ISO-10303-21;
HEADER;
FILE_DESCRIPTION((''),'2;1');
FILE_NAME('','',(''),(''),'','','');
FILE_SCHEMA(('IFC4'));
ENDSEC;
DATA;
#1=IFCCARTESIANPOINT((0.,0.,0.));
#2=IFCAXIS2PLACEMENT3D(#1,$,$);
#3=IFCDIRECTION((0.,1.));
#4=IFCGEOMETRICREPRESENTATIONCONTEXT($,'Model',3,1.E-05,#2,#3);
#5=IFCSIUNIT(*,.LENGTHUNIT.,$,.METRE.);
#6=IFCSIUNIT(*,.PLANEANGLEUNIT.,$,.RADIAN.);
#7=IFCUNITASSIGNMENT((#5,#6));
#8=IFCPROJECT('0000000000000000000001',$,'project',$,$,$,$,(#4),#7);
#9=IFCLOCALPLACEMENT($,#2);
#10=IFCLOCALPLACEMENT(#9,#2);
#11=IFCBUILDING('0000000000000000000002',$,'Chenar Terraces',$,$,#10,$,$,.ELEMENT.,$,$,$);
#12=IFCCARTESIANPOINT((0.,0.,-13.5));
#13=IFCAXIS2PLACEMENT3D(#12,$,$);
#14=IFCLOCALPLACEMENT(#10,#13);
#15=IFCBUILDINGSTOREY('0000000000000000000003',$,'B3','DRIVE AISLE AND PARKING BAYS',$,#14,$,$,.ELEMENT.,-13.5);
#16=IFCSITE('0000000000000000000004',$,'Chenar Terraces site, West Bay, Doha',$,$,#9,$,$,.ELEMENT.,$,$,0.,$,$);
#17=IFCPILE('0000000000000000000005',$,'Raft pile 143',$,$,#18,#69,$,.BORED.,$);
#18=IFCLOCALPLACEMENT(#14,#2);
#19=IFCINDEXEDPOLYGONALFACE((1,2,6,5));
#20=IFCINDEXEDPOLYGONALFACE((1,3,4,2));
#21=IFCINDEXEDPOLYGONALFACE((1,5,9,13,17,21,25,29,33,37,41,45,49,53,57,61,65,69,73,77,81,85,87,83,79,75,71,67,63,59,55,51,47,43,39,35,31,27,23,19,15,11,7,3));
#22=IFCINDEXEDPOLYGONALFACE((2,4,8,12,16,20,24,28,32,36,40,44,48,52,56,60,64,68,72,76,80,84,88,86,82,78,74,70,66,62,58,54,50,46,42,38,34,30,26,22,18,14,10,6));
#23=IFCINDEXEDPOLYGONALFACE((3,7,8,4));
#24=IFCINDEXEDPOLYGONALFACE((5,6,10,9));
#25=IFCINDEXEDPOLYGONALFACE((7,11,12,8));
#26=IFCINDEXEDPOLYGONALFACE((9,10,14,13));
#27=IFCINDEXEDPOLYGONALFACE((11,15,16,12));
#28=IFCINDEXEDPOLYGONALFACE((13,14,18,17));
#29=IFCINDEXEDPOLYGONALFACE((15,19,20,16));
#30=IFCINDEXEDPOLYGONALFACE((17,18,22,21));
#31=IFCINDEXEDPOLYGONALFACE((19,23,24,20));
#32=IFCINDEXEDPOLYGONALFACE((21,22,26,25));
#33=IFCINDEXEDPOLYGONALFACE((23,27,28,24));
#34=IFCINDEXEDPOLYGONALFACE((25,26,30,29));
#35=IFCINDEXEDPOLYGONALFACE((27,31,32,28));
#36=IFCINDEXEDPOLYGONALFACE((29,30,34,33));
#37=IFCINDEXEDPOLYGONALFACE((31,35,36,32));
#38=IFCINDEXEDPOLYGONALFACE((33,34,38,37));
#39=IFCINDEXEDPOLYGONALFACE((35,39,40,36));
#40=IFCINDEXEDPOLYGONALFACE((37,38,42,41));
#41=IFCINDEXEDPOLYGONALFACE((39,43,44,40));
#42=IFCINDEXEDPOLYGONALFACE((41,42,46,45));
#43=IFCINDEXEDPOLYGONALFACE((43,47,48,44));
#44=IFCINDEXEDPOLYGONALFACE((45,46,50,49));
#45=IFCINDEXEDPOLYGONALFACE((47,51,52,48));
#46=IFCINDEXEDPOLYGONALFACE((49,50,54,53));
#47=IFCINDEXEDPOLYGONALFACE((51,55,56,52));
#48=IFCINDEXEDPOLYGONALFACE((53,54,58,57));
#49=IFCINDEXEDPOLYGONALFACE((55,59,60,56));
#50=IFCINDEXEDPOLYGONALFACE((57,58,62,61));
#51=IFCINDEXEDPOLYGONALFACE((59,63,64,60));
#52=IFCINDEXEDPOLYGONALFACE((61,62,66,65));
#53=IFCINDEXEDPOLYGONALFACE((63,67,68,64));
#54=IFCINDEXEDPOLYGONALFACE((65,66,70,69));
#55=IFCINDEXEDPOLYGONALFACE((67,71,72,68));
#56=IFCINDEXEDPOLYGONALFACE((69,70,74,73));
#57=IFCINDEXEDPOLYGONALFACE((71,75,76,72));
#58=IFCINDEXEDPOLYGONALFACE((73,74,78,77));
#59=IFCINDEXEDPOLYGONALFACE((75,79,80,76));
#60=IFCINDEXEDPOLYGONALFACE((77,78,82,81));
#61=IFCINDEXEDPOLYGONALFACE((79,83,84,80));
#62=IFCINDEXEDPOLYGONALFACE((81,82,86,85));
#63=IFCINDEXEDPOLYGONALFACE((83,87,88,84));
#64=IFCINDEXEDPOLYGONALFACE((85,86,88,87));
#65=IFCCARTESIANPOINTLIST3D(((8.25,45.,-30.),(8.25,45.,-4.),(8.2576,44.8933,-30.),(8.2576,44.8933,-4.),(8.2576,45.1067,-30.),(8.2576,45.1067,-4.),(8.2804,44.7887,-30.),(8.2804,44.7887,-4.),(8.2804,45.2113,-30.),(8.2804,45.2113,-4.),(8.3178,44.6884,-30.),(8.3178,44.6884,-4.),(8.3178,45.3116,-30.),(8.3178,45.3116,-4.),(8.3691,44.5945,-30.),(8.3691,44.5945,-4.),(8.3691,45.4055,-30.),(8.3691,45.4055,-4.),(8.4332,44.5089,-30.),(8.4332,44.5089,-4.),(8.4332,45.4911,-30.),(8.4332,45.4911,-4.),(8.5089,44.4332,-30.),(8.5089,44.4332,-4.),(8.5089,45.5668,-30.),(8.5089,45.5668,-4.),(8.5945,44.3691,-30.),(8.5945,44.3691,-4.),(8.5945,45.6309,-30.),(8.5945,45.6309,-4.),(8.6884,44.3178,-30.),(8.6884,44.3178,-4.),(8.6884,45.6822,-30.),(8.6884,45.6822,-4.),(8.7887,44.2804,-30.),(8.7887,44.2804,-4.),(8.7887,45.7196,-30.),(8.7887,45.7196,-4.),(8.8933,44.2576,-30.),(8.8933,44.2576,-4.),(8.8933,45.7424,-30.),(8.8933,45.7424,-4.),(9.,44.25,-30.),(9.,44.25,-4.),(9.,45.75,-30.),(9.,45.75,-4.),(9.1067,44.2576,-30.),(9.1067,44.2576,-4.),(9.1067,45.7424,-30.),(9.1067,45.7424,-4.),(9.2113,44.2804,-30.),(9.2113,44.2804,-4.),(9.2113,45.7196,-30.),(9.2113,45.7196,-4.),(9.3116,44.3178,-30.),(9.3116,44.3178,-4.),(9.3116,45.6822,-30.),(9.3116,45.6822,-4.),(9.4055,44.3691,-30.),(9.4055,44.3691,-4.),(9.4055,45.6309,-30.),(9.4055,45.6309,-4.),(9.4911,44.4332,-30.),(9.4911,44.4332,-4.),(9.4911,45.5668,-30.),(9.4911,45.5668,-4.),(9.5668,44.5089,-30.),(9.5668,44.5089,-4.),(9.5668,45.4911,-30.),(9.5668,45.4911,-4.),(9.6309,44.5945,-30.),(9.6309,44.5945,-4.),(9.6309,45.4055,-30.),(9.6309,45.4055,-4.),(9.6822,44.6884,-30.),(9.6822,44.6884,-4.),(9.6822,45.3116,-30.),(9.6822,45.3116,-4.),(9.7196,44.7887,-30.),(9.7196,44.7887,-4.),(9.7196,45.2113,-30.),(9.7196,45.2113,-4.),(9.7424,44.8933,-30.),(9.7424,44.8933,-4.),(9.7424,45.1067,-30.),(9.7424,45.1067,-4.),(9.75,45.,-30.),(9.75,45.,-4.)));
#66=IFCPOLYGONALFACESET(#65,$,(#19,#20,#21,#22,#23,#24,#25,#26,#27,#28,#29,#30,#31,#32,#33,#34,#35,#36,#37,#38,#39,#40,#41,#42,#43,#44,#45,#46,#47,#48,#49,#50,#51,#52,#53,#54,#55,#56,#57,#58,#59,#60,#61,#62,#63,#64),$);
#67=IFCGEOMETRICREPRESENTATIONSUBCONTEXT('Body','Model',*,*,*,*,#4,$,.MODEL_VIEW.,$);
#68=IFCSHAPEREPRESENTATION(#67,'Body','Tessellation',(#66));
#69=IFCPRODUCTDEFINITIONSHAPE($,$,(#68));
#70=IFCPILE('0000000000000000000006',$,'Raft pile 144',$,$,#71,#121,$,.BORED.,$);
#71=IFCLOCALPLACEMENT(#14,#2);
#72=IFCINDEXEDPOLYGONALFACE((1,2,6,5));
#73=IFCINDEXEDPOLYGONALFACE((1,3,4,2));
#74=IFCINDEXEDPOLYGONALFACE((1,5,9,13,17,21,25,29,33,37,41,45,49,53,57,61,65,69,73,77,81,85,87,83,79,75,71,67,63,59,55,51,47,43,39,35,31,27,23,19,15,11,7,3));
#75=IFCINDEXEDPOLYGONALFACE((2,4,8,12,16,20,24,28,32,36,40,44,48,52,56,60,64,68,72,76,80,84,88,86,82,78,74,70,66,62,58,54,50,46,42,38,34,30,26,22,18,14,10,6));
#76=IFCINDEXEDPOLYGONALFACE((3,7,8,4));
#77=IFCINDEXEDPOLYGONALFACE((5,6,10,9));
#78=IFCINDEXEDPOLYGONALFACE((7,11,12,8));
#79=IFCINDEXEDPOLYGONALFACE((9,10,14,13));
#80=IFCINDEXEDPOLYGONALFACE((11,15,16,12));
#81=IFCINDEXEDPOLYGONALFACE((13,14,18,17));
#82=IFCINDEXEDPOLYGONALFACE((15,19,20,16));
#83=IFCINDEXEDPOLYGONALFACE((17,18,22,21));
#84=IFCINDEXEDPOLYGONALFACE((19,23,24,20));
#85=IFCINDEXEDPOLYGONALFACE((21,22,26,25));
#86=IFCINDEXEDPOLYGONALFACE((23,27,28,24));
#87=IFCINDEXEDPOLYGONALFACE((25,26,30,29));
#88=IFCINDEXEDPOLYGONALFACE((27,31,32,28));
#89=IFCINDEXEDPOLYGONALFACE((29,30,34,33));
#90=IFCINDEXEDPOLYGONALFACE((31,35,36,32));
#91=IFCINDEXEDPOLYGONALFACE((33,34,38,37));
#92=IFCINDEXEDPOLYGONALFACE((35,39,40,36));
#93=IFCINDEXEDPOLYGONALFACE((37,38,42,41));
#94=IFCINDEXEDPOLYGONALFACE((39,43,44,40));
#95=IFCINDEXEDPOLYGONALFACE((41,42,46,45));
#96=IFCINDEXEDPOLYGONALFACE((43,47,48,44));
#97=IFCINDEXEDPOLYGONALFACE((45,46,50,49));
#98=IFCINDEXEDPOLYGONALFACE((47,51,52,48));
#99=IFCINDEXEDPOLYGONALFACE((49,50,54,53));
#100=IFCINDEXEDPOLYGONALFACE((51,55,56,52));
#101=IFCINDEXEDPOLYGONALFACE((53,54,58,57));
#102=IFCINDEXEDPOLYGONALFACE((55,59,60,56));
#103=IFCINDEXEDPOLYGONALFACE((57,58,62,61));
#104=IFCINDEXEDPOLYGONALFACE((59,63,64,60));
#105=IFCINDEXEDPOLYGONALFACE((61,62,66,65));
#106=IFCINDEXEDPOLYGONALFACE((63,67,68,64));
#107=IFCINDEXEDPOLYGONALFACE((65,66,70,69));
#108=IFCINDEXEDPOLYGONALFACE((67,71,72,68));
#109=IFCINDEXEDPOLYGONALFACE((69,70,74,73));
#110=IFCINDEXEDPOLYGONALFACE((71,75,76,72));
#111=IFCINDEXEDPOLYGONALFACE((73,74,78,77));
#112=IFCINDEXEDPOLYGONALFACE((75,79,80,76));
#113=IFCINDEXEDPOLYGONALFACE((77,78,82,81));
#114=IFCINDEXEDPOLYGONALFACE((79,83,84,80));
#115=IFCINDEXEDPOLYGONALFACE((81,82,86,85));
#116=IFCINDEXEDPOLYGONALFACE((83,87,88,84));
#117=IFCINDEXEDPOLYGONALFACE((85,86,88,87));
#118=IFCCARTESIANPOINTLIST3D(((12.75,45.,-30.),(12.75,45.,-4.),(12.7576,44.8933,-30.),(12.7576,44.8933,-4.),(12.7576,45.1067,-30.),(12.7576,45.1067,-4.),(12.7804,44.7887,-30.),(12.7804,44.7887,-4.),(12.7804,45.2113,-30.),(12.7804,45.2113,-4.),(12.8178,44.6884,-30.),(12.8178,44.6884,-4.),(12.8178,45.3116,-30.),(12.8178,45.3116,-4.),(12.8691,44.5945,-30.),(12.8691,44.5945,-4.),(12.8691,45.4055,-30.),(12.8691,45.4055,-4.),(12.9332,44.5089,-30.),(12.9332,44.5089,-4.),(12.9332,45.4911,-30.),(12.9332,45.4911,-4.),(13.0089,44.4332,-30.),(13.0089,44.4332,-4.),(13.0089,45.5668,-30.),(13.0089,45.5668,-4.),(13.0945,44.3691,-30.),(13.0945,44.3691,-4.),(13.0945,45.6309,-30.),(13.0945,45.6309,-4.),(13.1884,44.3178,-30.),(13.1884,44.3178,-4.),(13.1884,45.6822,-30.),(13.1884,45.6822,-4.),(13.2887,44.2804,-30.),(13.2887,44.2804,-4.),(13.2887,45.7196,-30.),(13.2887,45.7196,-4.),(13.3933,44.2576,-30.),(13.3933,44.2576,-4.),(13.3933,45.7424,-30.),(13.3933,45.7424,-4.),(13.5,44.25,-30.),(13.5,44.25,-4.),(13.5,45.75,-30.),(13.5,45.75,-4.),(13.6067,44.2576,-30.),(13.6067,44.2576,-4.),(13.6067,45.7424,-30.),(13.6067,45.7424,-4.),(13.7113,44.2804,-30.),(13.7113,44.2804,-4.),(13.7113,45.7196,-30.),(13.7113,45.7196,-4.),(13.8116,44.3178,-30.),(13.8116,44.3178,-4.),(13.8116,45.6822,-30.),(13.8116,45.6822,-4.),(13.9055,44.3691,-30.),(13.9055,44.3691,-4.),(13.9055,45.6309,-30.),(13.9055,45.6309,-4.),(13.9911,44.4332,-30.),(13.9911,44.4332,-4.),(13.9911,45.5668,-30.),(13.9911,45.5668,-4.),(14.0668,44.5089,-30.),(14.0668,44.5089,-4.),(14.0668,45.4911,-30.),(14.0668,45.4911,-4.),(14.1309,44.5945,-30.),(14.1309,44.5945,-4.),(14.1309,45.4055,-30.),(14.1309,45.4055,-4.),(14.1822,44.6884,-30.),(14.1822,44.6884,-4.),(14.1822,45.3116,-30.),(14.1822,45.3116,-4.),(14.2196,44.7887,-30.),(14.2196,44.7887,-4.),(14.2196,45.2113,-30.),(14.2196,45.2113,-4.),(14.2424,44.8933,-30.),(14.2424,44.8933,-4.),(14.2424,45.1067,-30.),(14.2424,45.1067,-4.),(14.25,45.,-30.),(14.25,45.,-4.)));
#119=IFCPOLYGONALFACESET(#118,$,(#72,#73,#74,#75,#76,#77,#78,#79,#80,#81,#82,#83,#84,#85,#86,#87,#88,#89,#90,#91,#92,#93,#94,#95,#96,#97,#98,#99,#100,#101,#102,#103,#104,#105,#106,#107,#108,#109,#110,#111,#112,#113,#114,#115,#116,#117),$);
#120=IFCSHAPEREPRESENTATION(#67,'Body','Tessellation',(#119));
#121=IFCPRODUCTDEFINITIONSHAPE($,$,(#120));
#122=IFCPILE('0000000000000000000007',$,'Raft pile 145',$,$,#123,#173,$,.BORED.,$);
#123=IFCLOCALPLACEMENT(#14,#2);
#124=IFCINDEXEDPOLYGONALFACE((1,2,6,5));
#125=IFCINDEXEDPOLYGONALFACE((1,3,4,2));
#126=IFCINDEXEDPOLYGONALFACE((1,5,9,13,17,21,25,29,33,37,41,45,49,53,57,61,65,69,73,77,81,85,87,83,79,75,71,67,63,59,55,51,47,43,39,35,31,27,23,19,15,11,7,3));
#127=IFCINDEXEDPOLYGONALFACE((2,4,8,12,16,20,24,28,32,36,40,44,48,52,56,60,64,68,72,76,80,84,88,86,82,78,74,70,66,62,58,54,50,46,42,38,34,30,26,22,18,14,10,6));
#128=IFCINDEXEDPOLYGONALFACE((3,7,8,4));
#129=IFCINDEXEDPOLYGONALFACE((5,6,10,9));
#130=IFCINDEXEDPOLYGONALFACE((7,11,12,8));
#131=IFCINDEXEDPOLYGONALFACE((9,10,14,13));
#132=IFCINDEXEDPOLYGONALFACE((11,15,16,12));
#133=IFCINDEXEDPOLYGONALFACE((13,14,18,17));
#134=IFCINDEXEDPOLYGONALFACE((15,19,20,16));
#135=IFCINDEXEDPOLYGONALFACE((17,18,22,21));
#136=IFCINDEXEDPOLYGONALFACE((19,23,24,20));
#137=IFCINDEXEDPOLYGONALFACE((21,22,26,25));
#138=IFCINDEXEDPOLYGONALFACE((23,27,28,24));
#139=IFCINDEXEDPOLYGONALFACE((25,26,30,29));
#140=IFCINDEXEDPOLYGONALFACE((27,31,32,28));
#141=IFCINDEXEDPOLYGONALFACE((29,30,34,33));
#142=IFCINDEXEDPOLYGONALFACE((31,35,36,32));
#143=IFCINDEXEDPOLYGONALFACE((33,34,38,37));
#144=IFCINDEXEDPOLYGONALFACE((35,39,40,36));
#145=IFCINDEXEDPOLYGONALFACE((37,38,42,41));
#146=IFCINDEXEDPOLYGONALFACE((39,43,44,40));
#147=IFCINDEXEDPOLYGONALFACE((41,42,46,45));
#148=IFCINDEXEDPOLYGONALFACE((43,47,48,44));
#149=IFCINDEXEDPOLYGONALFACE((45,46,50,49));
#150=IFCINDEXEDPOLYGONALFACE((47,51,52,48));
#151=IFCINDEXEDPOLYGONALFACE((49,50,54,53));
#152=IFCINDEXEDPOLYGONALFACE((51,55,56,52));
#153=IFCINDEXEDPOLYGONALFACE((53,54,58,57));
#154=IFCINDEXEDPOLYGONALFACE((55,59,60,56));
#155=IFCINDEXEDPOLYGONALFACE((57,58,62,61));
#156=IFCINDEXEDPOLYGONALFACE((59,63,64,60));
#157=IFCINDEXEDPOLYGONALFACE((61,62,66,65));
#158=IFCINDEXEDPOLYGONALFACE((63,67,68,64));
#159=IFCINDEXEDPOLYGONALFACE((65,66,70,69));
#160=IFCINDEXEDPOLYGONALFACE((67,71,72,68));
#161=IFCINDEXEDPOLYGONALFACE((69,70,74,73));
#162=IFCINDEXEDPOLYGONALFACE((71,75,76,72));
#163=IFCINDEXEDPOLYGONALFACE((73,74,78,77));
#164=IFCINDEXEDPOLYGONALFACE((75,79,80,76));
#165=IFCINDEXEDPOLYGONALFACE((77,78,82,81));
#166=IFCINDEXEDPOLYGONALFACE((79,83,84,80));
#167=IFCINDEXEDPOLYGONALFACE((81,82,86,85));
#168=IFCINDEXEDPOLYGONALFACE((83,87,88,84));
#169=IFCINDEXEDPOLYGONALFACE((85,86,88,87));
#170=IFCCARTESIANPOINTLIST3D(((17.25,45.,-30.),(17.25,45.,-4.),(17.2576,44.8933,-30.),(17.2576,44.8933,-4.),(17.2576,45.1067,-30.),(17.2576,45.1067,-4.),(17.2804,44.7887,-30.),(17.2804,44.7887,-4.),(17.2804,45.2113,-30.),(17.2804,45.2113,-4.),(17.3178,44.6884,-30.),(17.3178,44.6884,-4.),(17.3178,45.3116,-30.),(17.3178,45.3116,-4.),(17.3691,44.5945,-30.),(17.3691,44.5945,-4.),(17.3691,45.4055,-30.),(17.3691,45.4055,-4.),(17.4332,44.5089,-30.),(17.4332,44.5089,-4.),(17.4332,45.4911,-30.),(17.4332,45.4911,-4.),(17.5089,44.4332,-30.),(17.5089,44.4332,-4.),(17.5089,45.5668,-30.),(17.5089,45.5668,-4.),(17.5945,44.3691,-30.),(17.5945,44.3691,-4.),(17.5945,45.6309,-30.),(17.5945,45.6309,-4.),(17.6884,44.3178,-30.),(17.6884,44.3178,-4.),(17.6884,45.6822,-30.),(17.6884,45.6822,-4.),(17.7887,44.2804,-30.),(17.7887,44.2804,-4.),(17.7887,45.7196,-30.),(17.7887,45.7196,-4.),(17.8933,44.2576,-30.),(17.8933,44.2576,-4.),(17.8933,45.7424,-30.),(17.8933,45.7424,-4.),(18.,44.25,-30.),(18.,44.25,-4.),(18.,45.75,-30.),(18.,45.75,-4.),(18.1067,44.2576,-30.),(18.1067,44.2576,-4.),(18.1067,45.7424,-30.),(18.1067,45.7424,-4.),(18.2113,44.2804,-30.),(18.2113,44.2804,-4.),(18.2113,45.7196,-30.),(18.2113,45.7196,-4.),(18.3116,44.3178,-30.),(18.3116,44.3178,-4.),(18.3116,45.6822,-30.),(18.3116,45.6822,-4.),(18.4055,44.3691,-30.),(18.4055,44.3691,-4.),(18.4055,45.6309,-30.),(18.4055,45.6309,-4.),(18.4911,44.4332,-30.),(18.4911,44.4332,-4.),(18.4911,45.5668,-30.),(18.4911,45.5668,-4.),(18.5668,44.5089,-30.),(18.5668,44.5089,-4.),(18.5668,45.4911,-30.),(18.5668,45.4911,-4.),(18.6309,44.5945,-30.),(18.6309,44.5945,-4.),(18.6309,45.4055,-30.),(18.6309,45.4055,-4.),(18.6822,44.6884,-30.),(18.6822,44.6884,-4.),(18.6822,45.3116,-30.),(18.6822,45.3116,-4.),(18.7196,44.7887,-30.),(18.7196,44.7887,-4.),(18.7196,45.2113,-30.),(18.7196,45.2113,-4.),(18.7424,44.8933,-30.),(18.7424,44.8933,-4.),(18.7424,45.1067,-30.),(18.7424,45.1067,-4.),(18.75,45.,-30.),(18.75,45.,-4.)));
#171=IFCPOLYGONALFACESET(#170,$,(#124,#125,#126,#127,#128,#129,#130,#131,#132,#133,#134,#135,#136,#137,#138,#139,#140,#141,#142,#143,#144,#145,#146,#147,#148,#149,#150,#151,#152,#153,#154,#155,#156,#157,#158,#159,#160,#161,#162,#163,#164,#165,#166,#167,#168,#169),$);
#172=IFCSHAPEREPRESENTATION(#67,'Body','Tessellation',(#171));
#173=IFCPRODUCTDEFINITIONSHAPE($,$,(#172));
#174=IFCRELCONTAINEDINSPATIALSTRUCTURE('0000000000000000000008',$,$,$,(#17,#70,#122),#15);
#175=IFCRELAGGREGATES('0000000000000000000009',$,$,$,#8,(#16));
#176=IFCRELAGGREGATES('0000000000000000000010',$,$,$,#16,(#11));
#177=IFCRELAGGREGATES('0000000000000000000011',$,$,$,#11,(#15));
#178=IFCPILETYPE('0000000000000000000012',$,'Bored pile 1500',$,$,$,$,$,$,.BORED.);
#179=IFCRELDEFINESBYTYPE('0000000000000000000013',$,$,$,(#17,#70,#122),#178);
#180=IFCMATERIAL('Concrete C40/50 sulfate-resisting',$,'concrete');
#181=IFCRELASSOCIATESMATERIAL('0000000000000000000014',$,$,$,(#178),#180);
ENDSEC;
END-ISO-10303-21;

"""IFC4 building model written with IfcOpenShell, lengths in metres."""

from ifc_helpers import new_model, si_unit, direction, frame, origin, origin_2d, place, context, subcontext, project, spatial, circle, extrude, material, material_profile, profile_set, type_object, element, save


model = new_model("IFC4")

# Units and contexts
model_context = context("Model", 3, precision=1e-05, world=origin(), true_north=direction((0.0, 1.0)))
body_context = subcontext(model_context, "Body", "Model", "MODEL_VIEW")
ifc_project = project(units=[si_unit("LENGTHUNIT", "METRE"), si_unit("PLANEANGLEUNIT", "RADIAN")], contexts=[model_context])

# Site, building, storey
site_placement = place(None, origin())
site = spatial("IfcSite", under=ifc_project, at=site_placement, Name="Chenar Terraces site, West Bay, Doha", CompositionType="ELEMENT", RefElevation=0.0)
building_placement = place(site_placement, origin())
building = spatial("IfcBuilding", under=site, at=building_placement, Name="Chenar Terraces", CompositionType="ELEMENT")
storey_placement = place(building_placement, frame((0.0, 0.0, -13.5)))
storey = spatial("IfcBuildingStorey", under=building, at=storey_placement, Name="B3", Description="DRIVE AISLE AND PARKING BAYS", CompositionType="ELEMENT", Elevation=-13.5)

# Piles
ifc_material_1 = material(Name="Concrete C40/50 sulfate-resisting", Category="concrete")
ifc_material_profile_1 = material_profile(ifc_material_1, circle(Radius=0.75, at=origin_2d()), Name="BP 1500")
ifc_profile_set_1 = profile_set([ifc_material_profile_1], Name="Concrete C40/50 sulfate-resisting")
pile_type = type_object("IfcPileType", Name="Bored pile 1500", PredefinedType="BORED", material=ifc_profile_set_1)
for number, where, z_axis, x_axis, name in (
    (1, (9.0, 45.0, -4.0), (0.0, 0.0, -1.0), (1.0, 0.0, 0.0), "Raft pile 143"),
    (2, (13.5, 45.0, -4.0), (0.0, 0.0, -1.0), (1.0, 0.0, 0.0), "Raft pile 144"),
    (3, (18.0, 45.0, -4.0), (0.0, 0.0, -1.0), (1.0, 0.0, 0.0), "Raft pile 145"),
):
    element("IfcPile", number, at=place(storey_placement, frame(where, z_axis=z_axis, x_axis=x_axis)), inside=storey, type_object=pile_type, Name=name, PredefinedType="BORED", context=body_context, shape_type="SweptSolid", body=[
        extrude(circle(Radius=0.75, at=origin_2d()), origin(), (0.0, 0.0, 1.0), 26.0),
    ])

save(model, "model.ifc")
